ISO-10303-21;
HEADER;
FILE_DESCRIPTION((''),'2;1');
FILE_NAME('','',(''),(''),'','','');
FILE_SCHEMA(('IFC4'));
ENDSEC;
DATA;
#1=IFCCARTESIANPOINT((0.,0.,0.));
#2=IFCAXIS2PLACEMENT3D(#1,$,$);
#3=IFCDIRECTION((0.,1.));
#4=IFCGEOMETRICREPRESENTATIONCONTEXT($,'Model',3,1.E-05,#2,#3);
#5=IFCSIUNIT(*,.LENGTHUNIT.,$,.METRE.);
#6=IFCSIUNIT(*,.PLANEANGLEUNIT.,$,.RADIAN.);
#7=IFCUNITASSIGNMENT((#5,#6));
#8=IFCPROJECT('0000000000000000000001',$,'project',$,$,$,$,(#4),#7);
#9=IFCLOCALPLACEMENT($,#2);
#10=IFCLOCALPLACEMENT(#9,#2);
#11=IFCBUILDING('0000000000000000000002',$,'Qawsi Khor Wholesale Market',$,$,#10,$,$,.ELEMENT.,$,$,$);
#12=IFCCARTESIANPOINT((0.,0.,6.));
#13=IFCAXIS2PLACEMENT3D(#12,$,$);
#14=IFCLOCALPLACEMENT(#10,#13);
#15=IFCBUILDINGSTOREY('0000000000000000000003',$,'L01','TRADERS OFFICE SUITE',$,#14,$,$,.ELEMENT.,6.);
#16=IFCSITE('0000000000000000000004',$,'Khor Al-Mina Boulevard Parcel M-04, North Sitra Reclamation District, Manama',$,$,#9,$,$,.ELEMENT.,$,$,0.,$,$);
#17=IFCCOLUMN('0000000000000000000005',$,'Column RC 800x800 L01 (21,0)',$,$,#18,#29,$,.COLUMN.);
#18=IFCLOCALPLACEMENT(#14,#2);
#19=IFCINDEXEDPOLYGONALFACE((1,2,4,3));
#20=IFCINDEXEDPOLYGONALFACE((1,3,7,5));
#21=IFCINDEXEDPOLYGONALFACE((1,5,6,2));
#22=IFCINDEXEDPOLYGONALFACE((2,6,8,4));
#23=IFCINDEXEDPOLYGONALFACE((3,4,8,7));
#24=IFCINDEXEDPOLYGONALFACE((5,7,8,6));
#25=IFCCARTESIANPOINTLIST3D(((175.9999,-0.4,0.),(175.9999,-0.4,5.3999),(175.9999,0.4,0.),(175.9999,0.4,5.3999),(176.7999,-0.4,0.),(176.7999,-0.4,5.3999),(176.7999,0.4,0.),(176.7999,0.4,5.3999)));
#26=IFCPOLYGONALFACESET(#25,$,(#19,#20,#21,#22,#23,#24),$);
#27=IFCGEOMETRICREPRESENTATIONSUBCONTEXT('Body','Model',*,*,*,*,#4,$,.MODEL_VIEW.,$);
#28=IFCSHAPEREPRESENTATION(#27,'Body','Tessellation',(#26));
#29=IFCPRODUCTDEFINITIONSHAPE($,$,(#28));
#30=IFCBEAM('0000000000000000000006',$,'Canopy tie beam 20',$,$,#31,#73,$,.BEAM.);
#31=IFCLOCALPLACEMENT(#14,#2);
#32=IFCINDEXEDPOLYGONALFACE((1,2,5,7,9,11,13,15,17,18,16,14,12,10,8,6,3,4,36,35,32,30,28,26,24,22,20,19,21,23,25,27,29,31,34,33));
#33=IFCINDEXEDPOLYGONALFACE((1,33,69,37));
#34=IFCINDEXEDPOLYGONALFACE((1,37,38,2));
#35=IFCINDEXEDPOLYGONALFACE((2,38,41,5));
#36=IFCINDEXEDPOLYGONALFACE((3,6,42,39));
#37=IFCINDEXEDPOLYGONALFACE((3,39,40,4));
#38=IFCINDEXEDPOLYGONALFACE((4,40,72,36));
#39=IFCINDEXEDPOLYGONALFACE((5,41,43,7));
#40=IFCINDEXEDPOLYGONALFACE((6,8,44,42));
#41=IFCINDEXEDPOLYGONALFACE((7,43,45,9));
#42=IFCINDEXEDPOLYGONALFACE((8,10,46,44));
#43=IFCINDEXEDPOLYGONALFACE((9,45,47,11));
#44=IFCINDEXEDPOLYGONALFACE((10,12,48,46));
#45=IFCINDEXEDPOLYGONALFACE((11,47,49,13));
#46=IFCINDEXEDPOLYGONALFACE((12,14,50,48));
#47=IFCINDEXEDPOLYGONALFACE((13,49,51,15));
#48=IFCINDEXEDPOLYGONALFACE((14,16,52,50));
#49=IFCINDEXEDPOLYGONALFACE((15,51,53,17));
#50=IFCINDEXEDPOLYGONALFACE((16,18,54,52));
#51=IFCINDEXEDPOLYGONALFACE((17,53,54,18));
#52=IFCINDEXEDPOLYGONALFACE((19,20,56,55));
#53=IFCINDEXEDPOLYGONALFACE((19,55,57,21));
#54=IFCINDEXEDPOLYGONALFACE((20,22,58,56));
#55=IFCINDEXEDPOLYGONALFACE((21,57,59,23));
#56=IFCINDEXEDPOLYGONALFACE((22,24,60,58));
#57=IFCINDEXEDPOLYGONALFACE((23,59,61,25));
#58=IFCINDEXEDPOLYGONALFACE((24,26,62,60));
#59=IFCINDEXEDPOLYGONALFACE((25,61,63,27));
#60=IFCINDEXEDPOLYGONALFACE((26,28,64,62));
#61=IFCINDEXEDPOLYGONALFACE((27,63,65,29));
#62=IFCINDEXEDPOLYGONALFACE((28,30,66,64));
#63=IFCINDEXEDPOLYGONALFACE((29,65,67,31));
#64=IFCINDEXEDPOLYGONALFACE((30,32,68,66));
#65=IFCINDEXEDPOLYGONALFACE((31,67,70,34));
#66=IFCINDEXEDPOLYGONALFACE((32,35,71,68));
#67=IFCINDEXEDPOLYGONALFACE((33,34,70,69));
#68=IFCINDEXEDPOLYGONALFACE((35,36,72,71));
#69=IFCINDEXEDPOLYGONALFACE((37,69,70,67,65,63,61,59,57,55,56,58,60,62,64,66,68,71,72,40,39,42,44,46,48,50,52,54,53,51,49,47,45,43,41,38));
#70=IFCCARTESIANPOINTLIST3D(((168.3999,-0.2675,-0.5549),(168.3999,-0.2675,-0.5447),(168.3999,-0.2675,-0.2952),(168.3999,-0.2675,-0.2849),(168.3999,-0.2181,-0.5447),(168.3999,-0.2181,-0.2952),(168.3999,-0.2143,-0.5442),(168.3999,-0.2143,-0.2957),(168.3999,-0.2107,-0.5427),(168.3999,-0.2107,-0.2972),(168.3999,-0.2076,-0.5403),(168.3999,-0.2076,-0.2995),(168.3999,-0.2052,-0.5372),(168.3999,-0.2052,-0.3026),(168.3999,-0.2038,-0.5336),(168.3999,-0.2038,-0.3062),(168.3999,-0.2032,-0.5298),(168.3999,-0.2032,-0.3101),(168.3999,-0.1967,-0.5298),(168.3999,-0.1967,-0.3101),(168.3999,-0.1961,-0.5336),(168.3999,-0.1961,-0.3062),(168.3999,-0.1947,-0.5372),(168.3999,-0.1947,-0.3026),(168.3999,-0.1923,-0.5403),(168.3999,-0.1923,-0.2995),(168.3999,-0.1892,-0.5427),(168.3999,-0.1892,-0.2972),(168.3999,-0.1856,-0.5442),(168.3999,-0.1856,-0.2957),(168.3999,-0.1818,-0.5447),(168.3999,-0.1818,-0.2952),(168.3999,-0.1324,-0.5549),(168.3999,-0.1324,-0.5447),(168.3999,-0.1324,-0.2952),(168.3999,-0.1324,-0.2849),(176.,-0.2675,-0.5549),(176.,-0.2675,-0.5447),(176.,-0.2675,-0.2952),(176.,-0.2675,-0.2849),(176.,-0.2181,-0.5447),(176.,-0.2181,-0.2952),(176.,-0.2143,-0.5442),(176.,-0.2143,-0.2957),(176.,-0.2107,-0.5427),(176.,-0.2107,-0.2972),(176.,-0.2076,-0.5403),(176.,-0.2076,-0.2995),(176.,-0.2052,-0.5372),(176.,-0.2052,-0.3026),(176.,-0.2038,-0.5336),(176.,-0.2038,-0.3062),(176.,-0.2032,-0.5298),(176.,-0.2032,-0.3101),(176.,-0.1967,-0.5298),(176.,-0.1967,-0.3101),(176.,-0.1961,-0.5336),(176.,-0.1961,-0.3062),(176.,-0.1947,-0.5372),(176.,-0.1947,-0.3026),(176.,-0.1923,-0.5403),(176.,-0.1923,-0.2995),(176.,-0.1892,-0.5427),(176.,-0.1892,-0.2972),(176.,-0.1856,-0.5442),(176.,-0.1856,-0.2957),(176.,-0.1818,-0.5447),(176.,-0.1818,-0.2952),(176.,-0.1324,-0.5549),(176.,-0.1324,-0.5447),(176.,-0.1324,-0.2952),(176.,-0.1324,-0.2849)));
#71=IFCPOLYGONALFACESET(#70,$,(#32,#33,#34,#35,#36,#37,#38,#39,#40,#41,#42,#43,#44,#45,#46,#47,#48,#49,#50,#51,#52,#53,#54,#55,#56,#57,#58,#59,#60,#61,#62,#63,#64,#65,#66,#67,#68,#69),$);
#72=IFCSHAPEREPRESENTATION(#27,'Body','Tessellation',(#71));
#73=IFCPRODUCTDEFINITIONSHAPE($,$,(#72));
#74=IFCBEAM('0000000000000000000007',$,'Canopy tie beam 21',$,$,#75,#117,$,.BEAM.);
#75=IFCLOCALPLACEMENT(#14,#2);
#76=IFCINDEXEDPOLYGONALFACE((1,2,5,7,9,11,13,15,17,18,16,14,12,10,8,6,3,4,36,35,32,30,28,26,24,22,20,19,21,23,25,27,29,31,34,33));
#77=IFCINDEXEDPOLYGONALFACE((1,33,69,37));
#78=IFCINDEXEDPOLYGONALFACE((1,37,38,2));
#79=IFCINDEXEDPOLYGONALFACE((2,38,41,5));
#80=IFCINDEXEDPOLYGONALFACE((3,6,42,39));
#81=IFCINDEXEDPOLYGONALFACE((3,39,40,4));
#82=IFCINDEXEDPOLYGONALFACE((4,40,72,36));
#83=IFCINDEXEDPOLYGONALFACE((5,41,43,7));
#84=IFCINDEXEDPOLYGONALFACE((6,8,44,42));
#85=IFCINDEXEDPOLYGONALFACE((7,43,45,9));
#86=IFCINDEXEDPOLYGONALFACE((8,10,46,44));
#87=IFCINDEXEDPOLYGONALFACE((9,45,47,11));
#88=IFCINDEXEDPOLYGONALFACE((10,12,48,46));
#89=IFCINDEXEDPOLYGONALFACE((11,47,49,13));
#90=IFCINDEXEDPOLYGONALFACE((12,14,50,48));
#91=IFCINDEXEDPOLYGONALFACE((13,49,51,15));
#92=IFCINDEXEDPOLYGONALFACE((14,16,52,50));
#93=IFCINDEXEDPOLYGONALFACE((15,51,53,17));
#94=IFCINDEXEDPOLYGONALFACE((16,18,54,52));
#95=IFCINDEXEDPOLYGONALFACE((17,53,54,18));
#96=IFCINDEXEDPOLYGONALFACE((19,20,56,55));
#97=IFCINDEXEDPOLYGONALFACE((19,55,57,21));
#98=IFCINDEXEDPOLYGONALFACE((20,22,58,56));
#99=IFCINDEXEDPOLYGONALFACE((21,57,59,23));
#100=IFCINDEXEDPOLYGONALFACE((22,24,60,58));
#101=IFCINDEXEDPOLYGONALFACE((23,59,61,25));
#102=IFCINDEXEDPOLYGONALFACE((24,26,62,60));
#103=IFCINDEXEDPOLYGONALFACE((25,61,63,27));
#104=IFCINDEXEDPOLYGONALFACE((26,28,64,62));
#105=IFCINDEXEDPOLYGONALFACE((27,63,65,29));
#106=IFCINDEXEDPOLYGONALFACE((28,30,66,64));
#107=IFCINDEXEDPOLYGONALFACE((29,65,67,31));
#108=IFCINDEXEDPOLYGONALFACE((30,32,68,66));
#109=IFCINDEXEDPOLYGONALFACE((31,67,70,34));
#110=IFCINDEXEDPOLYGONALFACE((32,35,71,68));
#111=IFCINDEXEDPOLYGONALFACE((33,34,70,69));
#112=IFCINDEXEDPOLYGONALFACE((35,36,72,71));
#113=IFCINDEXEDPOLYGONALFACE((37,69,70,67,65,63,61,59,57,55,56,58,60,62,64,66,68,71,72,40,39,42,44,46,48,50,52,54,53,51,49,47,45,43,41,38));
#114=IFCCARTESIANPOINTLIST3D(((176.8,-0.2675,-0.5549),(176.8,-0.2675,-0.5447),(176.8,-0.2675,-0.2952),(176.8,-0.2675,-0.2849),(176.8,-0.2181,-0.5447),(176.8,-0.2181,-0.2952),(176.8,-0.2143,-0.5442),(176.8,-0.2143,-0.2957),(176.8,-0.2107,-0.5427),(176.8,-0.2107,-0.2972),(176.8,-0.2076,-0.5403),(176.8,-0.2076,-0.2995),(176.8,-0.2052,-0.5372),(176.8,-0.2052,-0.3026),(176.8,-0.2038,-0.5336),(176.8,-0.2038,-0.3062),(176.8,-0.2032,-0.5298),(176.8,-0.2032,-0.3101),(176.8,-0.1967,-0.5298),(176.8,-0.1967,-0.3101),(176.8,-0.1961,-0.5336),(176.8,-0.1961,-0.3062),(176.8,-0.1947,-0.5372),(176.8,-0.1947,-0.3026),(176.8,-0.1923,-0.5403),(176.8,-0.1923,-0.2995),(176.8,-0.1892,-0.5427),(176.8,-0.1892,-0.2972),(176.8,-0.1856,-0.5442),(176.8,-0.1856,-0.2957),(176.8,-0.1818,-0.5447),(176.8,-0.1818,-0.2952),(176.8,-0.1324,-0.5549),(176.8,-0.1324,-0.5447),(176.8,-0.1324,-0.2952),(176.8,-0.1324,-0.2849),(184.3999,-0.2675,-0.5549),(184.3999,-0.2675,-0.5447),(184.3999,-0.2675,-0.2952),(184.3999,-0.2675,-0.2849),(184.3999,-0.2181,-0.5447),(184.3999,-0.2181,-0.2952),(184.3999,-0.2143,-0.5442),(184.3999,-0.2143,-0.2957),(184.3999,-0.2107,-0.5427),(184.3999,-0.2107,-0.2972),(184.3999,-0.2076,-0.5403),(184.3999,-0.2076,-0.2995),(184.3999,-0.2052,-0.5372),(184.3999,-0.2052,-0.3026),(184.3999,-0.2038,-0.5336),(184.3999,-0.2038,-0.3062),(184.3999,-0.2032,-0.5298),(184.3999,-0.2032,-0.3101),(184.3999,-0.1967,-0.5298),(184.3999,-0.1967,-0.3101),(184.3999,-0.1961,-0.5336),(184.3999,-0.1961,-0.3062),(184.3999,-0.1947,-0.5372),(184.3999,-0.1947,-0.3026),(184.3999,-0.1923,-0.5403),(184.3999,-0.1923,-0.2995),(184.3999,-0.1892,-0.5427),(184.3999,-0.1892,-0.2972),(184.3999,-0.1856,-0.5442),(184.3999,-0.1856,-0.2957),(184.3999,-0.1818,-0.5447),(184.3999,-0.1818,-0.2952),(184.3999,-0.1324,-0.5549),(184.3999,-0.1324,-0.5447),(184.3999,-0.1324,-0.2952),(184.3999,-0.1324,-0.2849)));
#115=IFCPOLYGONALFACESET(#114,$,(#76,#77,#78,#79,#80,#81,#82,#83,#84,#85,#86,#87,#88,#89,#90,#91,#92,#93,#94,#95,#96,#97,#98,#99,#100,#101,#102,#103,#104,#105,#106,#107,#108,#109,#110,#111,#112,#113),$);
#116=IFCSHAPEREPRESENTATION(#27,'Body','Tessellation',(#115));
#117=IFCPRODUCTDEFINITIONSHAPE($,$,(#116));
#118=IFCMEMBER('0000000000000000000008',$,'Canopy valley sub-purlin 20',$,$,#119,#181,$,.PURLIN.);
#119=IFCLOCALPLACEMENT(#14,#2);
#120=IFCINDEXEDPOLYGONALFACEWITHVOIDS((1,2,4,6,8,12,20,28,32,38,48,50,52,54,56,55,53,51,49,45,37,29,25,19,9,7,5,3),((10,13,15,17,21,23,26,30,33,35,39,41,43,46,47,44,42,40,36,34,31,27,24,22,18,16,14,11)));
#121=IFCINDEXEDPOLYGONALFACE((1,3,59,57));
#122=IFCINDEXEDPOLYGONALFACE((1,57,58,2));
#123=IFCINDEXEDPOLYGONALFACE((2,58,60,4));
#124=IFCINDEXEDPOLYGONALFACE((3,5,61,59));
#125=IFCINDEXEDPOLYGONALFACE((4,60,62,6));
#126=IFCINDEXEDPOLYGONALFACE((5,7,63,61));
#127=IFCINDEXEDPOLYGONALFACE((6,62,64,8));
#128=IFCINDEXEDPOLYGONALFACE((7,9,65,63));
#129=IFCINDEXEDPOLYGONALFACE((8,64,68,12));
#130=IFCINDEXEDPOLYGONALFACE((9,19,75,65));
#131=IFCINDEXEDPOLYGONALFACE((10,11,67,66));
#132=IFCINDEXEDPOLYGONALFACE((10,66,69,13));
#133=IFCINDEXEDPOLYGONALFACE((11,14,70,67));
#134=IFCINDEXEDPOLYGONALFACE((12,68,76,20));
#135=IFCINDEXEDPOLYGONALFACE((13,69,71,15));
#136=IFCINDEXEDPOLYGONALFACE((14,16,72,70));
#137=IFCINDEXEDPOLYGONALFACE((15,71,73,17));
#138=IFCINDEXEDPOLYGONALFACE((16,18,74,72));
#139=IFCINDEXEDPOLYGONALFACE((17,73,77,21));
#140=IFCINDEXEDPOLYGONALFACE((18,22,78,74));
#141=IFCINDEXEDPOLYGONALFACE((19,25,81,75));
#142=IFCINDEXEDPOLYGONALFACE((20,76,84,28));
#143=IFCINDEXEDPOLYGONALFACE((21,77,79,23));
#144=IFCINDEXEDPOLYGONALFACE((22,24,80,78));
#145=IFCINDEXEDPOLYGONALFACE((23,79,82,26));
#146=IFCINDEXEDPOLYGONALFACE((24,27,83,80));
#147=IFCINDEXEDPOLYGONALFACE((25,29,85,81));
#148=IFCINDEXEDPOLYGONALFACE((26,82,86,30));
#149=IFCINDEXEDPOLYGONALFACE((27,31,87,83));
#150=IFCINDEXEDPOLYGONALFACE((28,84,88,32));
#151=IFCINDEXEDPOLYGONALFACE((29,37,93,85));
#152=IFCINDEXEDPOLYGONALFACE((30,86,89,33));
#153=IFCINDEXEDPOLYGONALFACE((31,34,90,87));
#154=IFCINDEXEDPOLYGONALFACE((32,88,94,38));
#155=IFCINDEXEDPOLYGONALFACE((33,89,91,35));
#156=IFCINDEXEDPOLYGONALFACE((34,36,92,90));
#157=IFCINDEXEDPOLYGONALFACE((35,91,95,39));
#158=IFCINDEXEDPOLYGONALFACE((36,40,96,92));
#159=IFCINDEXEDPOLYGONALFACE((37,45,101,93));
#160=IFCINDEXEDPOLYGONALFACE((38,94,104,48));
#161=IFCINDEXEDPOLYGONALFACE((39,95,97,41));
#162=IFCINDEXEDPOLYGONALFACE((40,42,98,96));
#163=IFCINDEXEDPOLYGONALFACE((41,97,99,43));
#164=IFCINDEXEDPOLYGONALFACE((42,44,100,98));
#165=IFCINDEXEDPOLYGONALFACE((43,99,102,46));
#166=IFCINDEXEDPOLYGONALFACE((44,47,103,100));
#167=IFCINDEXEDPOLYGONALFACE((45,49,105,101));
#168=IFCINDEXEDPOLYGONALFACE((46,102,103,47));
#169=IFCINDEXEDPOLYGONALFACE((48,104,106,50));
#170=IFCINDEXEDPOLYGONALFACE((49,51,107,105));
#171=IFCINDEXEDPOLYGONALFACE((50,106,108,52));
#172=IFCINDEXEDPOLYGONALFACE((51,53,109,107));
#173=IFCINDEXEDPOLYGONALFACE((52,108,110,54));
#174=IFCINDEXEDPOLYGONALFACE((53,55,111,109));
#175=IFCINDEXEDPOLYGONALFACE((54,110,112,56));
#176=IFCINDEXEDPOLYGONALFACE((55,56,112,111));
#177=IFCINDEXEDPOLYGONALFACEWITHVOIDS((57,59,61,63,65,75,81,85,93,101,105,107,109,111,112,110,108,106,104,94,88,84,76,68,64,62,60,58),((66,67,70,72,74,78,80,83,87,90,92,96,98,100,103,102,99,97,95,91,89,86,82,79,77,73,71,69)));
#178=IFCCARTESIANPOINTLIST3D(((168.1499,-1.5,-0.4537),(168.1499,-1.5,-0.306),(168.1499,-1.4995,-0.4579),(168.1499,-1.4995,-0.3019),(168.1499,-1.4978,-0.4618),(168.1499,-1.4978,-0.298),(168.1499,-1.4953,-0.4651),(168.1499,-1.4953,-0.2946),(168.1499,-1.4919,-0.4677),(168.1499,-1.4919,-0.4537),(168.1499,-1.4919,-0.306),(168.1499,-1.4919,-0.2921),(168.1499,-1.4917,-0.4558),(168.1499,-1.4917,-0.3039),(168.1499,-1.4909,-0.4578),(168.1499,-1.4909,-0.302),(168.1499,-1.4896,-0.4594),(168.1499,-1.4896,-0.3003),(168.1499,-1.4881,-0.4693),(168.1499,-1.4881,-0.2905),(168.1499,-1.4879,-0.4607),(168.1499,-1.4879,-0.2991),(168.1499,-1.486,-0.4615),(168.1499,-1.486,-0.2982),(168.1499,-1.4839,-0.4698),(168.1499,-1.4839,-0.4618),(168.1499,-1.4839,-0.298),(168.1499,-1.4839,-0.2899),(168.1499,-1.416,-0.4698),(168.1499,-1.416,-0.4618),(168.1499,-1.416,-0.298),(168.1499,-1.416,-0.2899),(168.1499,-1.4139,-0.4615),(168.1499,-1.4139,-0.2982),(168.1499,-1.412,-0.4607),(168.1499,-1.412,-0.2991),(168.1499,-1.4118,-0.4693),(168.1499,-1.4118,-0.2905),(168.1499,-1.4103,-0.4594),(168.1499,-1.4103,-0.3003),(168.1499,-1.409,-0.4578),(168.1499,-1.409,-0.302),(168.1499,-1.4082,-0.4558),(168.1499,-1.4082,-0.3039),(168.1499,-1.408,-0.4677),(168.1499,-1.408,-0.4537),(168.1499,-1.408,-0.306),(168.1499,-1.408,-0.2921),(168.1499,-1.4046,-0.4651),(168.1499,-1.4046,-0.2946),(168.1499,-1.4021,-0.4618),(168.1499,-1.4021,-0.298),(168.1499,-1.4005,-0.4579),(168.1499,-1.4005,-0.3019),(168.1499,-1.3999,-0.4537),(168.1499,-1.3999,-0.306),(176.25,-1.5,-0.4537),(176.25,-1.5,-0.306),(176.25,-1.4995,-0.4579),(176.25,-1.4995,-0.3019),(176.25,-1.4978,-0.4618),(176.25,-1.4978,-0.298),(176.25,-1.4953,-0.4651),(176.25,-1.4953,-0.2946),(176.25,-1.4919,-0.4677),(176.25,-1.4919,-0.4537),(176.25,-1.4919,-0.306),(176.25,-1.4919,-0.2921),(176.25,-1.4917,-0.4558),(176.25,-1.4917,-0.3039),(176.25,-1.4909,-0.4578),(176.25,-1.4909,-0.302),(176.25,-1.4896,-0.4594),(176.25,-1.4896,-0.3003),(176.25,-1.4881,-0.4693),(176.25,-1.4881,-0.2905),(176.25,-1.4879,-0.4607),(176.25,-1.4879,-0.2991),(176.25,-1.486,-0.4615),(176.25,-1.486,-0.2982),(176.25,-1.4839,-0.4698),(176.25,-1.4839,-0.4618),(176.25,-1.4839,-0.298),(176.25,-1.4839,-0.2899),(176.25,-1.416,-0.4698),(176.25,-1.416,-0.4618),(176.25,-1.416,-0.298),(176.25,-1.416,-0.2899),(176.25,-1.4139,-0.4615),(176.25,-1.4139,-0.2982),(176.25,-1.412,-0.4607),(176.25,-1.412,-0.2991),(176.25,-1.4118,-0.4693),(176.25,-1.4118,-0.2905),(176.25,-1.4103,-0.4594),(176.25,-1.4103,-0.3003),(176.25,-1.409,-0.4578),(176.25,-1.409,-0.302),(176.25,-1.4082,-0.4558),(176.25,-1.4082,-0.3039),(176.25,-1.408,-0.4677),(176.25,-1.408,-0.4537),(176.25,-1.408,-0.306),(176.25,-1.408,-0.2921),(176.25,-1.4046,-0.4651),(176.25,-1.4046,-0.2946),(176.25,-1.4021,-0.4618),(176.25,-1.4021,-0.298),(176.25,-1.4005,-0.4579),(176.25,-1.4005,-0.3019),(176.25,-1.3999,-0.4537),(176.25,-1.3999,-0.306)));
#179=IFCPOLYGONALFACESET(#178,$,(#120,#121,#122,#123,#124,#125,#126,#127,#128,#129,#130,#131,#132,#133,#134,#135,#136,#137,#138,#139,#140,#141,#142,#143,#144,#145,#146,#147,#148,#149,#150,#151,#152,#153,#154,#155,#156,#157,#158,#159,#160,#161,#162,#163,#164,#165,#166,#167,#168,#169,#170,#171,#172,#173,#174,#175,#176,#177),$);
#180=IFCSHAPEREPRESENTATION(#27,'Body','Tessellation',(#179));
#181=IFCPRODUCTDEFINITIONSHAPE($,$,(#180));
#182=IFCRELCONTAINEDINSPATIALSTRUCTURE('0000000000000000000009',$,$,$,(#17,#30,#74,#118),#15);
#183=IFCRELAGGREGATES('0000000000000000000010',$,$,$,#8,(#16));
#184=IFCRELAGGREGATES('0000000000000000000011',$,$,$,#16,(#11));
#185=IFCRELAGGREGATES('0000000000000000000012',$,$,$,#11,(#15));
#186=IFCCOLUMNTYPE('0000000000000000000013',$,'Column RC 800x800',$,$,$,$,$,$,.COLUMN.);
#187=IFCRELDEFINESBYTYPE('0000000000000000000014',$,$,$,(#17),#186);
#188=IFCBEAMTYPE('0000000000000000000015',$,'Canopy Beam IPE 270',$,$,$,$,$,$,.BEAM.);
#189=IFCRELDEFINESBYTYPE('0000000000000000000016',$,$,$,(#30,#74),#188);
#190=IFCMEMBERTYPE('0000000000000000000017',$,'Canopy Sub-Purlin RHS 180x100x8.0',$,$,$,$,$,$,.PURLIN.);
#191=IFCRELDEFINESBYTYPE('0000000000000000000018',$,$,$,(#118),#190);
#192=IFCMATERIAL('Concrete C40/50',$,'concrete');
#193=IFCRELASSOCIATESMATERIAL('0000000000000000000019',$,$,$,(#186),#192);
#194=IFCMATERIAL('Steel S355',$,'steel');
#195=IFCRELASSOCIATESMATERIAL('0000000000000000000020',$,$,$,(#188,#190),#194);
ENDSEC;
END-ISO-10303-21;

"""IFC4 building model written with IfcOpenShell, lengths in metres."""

from ifc_helpers import new_model, si_unit, direction, frame, origin, origin_2d, place, context, subcontext, project, spatial, rectangle, hollow_rectangle, i_section, extrude, material, material_profile, profile_set, type_object, element, save


model = new_model("IFC4")

# Units and contexts
model_context = context("Model", 3, precision=1e-05, world=origin(), true_north=direction((0.0, 1.0)))
body_context = subcontext(model_context, "Body", "Model", "MODEL_VIEW")
ifc_project = project(units=[si_unit("LENGTHUNIT", "METRE"), si_unit("PLANEANGLEUNIT", "RADIAN")], contexts=[model_context])

# Site, building, storey
site_placement = place(None, origin())
site = spatial("IfcSite", under=ifc_project, at=site_placement, Name="Khor Al-Mina Boulevard Parcel M-04, North Sitra Reclamation District, Manama", CompositionType="ELEMENT", RefElevation=0.0)
building_placement = place(site_placement, origin())
building = spatial("IfcBuilding", under=site, at=building_placement, Name="Qawsi Khor Wholesale Market", CompositionType="ELEMENT")
storey_placement = place(building_placement, frame((0.0, 0.0, 6.0)))
storey = spatial("IfcBuildingStorey", under=building, at=storey_placement, Name="L01", Description="TRADERS OFFICE SUITE", CompositionType="ELEMENT", Elevation=6.0)

# Column
ifc_material_1 = material(Name="Concrete C40/50", Category="concrete")
ifc_material_profile_1 = material_profile(ifc_material_1, rectangle(XDim=0.8, YDim=0.8, at=origin_2d()), Name="RC 800x800")
ifc_profile_set_1 = profile_set([ifc_material_profile_1], Name="Concrete C40/50")
column_type = type_object("IfcColumnType", Name="Column RC 800x800", PredefinedType="COLUMN", material=ifc_profile_set_1)
column_placement = place(storey_placement, frame((176.3999, 0.0, 0.0), z_axis=(0.0, 0.0, 1.0), x_axis=(1.0, 0.0, 0.0)))
element("IfcColumn", 1, at=column_placement, inside=storey, type_object=column_type, Name="Column RC 800x800 L01 (21,0)", PredefinedType="COLUMN", context=body_context, shape_type="SweptSolid", body=[
    extrude(rectangle(XDim=0.8, YDim=0.8, at=origin_2d()), origin(), (0.0, 0.0, 1.0), 5.3999),
])

# Beams
ifc_material_2 = material(Name="Steel S355", Category="steel")
ifc_material_profile_2 = material_profile(ifc_material_2, i_section(OverallWidth=0.135, OverallDepth=0.27, WebThickness=0.0066, FlangeThickness=0.0103, FilletRadius=0.0149, at=origin_2d()), Name="IPE 270")
ifc_profile_set_2 = profile_set([ifc_material_profile_2], Name="Steel S355")
beam_type_1 = type_object("IfcBeamType", Name="Canopy Beam IPE 270", PredefinedType="BEAM", material=ifc_profile_set_2)
beam_1_placement = place(storey_placement, frame((168.3999, -0.2, -0.4199), z_axis=(1.0, 0.0, 0.0), x_axis=(0.0, 1.0, 0.0)))
element("IfcBeam", 2, at=beam_1_placement, inside=storey, type_object=beam_type_1, Name="Canopy tie beam 20", PredefinedType="BEAM", context=body_context, shape_type="SweptSolid", body=[
    extrude(i_section(OverallWidth=0.135, OverallDepth=0.27, WebThickness=0.0066, FlangeThickness=0.0103, FilletRadius=0.0149, at=origin_2d()), origin(), (0.0, 0.0, 1.0), 7.6001),
])
beam_2_placement = place(storey_placement, frame((176.8, -0.2, -0.4199), z_axis=(1.0, 0.0, 0.0), x_axis=(0.0, 1.0, 0.0)))
element("IfcBeam", 3, at=beam_2_placement, inside=storey, type_object=beam_type_1, Name="Canopy tie beam 21", PredefinedType="BEAM", context=body_context, shape_type="SweptSolid", body=[
    extrude(i_section(OverallWidth=0.135, OverallDepth=0.27, WebThickness=0.0066, FlangeThickness=0.0103, FilletRadius=0.0149, at=origin_2d()), origin(), (0.0, 0.0, 1.0), 7.5999),
])

# Member
ifc_material_profile_3 = material_profile(ifc_material_2, hollow_rectangle(XDim=0.1001, YDim=0.1799, WallThickness=0.0081, InnerFilletRadius=0.0081, OuterFilletRadius=0.0161, at=origin_2d()), Name="RHS 180x100x8.0")
ifc_profile_set_3 = profile_set([ifc_material_profile_3], Name="Steel S355")
member_type = type_object("IfcMemberType", Name="Canopy Sub-Purlin RHS 180x100x8.0", PredefinedType="PURLIN", material=ifc_profile_set_3)
member_1_placement = place(storey_placement, frame((168.1499, -1.45, -0.3799), z_axis=(1.0, 0.0, 0.0), x_axis=(0.0, 1.0, 0.0)))
element("IfcMember", 4, at=member_1_placement, inside=storey, type_object=member_type, Name="Canopy valley sub-purlin 20", PredefinedType="PURLIN", context=body_context, shape_type="SweptSolid", body=[
    extrude(hollow_rectangle(XDim=0.1001, YDim=0.1799, WallThickness=0.0081, InnerFilletRadius=0.0081, OuterFilletRadius=0.0161, at=origin_2d()), origin(), (0.0, 0.0, 1.0), 8.1001),
])

save(model, "model.ifc")
